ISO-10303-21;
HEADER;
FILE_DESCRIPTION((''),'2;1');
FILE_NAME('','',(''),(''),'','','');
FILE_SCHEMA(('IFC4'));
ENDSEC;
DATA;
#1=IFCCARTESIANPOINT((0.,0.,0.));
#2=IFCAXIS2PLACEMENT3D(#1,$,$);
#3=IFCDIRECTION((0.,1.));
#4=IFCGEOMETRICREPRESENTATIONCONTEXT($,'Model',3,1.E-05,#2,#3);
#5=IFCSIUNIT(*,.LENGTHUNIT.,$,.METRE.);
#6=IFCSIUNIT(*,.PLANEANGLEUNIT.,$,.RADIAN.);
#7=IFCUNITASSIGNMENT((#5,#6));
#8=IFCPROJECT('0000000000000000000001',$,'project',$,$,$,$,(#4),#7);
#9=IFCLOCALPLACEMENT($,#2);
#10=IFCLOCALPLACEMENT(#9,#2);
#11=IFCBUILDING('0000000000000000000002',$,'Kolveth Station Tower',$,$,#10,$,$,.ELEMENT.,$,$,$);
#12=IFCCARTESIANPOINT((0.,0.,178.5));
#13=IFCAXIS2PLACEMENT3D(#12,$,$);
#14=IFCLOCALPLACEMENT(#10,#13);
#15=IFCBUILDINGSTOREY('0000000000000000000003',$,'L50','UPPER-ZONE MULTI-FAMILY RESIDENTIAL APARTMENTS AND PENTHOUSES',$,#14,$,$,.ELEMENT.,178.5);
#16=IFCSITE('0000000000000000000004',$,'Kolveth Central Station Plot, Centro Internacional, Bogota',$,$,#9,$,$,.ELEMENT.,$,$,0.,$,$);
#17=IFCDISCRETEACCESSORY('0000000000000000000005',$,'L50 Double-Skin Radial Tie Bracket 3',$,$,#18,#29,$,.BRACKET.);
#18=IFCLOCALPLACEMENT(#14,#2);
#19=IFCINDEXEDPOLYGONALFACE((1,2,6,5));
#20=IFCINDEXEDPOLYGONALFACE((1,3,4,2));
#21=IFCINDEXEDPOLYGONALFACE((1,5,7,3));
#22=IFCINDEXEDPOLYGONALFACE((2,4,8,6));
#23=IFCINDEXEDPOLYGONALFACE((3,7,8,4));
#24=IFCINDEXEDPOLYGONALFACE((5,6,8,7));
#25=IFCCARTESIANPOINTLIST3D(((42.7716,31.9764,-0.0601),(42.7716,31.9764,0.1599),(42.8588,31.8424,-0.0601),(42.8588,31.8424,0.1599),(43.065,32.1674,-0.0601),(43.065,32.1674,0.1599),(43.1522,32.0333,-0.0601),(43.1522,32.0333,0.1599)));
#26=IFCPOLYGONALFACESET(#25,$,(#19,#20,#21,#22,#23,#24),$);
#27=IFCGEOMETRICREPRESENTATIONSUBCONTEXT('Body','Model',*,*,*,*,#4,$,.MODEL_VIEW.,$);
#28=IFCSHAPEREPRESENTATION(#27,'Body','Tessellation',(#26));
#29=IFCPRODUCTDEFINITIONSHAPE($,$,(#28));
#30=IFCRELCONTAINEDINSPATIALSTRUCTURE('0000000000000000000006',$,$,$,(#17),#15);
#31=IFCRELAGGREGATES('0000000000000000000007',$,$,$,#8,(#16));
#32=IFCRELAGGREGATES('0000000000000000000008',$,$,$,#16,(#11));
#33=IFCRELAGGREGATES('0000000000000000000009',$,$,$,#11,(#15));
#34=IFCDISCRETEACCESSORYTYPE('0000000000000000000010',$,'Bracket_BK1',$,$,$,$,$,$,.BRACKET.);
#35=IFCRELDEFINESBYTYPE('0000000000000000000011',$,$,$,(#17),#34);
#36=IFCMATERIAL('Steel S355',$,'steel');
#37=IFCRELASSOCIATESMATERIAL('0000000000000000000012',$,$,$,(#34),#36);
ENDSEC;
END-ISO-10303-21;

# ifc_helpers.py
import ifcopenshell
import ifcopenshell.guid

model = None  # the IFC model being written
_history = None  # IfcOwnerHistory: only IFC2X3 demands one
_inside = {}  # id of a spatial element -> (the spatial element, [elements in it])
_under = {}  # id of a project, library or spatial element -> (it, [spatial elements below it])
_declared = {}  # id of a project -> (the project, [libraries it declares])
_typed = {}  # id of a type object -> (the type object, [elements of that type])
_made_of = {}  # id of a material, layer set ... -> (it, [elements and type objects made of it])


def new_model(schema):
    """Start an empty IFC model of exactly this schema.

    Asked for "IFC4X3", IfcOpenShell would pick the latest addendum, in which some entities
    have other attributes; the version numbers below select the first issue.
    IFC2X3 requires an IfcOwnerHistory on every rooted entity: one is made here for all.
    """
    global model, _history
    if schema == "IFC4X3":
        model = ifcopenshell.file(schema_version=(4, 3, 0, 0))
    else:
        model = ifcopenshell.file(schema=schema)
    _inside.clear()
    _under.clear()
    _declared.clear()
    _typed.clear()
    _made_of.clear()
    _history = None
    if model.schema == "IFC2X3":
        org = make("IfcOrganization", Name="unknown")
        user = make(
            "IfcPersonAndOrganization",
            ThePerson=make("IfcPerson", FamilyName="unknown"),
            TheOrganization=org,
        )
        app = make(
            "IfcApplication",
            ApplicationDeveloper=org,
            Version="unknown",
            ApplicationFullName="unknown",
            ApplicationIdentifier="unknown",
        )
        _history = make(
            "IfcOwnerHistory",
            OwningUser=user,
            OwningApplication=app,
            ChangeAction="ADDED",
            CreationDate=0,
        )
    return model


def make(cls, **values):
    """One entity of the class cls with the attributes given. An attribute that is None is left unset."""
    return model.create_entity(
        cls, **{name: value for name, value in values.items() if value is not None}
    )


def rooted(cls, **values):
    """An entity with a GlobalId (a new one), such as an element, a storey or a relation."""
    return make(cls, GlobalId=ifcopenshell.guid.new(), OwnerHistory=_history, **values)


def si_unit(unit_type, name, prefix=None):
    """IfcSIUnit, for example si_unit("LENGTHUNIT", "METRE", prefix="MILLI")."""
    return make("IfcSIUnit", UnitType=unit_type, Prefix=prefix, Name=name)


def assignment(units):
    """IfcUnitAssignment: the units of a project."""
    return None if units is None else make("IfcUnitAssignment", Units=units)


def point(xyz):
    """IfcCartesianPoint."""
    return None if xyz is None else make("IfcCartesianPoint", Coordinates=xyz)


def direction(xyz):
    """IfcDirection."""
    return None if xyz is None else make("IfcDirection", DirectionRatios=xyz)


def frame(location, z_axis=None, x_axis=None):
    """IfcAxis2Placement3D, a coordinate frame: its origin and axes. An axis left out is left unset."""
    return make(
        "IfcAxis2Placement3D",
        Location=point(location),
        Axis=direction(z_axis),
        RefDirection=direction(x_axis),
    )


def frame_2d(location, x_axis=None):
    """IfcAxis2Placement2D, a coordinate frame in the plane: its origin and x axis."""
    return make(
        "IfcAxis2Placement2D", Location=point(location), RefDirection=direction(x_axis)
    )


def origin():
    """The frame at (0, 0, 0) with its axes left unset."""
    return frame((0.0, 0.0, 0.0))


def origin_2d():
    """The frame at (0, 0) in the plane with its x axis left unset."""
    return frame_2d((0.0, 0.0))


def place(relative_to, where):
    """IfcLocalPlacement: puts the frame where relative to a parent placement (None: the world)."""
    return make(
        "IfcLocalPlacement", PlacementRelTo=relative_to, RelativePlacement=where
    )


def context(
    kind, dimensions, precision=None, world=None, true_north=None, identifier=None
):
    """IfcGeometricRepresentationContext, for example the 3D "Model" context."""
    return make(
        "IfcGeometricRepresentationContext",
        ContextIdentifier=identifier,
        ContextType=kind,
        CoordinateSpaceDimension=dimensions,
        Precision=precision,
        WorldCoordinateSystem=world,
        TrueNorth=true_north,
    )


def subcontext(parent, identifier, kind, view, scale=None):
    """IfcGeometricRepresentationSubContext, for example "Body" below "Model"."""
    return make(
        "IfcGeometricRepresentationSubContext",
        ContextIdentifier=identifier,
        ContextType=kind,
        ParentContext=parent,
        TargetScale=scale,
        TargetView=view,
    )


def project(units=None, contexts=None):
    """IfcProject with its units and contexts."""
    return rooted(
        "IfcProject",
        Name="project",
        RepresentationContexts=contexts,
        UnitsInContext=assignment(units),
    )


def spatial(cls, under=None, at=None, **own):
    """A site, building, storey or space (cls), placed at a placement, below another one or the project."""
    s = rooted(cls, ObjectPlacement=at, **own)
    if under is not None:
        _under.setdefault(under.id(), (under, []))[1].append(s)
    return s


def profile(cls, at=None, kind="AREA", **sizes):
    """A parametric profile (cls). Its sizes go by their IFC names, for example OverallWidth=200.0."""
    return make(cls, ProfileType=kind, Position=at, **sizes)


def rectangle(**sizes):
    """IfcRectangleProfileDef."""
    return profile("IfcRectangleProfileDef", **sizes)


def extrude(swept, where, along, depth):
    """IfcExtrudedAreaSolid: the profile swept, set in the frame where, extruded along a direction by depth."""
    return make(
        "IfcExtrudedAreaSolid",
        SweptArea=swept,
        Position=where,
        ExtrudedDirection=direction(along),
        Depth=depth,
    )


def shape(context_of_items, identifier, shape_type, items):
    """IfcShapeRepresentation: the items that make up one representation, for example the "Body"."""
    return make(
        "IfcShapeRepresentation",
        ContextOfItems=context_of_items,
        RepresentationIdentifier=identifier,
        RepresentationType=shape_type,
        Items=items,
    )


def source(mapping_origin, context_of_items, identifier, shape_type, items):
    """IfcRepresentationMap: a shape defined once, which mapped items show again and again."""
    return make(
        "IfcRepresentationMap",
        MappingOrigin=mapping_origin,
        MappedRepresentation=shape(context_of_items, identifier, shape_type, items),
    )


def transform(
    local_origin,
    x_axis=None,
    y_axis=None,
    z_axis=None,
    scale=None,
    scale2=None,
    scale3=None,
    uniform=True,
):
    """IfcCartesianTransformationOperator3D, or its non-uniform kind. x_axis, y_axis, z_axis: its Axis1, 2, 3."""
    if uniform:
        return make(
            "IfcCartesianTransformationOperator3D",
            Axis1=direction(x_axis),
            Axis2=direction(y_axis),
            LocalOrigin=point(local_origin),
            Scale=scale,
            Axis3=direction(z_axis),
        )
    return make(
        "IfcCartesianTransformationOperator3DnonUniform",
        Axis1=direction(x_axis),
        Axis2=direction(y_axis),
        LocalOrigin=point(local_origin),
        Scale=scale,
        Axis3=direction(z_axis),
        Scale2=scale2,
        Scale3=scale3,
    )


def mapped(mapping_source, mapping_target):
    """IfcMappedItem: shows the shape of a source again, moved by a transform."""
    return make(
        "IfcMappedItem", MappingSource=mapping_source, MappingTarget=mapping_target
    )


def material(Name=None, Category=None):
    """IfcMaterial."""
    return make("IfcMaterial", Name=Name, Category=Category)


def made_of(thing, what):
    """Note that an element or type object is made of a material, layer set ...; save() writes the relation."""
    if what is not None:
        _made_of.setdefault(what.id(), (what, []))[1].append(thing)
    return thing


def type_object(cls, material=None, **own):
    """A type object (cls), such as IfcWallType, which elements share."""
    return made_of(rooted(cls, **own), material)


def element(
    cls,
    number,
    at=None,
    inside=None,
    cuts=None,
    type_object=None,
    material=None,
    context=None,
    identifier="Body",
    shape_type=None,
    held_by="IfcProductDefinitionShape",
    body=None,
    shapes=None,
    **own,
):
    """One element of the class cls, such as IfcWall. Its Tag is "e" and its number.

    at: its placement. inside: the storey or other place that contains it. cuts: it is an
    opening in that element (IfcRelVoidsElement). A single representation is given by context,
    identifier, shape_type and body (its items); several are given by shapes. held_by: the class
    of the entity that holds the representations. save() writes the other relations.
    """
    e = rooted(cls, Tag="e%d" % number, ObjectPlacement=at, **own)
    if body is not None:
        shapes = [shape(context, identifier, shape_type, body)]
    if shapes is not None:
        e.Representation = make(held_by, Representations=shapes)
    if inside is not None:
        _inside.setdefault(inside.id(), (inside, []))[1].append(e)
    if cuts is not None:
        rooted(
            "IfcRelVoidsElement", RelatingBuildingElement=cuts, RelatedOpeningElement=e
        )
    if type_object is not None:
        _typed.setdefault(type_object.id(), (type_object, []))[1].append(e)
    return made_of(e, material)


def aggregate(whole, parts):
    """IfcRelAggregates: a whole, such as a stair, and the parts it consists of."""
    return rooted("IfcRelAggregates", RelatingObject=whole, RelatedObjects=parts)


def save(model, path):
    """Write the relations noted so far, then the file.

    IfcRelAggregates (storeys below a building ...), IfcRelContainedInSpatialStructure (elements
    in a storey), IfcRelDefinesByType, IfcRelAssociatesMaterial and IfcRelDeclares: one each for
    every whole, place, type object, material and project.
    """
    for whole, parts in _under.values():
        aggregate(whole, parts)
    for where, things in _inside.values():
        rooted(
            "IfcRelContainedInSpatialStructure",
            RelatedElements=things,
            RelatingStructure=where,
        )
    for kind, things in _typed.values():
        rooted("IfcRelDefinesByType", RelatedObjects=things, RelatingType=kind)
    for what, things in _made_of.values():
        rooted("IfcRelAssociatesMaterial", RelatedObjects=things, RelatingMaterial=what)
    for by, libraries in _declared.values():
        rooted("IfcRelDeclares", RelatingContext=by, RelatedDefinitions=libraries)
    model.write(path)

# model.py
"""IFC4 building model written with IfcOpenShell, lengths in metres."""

from ifc_helpers import new_model, si_unit, direction, frame, origin, origin_2d, place, context, subcontext, project, spatial, rectangle, extrude, source, transform, mapped, material, type_object, element, save


model = new_model("IFC4")

# Units and contexts
model_context = context("Model", 3, precision=1e-05, world=origin(), true_north=direction((0.0, 1.0)))
body_context = subcontext(model_context, "Body", "Model", "MODEL_VIEW")
ifc_project = project(units=[si_unit("LENGTHUNIT", "METRE"), si_unit("PLANEANGLEUNIT", "RADIAN")], contexts=[model_context])

# Site, building, storey
site_placement = place(None, origin())
site = spatial("IfcSite", under=ifc_project, at=site_placement, Name="Kolveth Central Station Plot, Centro Internacional, Bogota", CompositionType="ELEMENT", RefElevation=0.0)
building_placement = place(site_placement, origin())
building = spatial("IfcBuilding", under=site, at=building_placement, Name="Kolveth Station Tower", CompositionType="ELEMENT")
storey_placement = place(building_placement, frame((0.0, 0.0, 178.5)))
storey = spatial("IfcBuildingStorey", under=building, at=storey_placement, Name="L50", Description="UPPER-ZONE MULTI-FAMILY RESIDENTIAL APARTMENTS AND PENTHOUSES", CompositionType="ELEMENT", Elevation=178.5)

# Shared definitions
ifc_material_1 = material(Name="Steel S355", Category="steel")

# Discrete accessory
discrete_accessory_type = type_object("IfcDiscreteAccessoryType", Name="Bracket_BK1", PredefinedType="BRACKET", material=ifc_material_1)
shared_shape_1 = source(origin(), body_context, "Body", "SweptSolid", [
    extrude(rectangle(XDim=0.3501, YDim=0.1599, at=origin_2d()), origin(), (0.0, 0.0, 1.0), 0.22),
])
discrete_accessory_placement = place(storey_placement, frame((42.9619, 32.0049, -0.0601), z_axis=(0.0, 0.0, 1.0), x_axis=(0.838195, 0.545371, 0.0)))
element("IfcDiscreteAccessory", 1, at=discrete_accessory_placement, inside=storey, type_object=discrete_accessory_type, Name="L50 Double-Skin Radial Tie Bracket 3", PredefinedType="BRACKET", context=body_context, shape_type="MappedRepresentation", body=[
    mapped(shared_shape_1, transform((0.0, 0.0, 0.0), x_axis=(1.0, 0.0, 0.0), y_axis=(0.0, 1.0, 0.0), z_axis=(0.0, 0.0, 1.0), scale=1.0)),
])

save(model, "model.ifc")
